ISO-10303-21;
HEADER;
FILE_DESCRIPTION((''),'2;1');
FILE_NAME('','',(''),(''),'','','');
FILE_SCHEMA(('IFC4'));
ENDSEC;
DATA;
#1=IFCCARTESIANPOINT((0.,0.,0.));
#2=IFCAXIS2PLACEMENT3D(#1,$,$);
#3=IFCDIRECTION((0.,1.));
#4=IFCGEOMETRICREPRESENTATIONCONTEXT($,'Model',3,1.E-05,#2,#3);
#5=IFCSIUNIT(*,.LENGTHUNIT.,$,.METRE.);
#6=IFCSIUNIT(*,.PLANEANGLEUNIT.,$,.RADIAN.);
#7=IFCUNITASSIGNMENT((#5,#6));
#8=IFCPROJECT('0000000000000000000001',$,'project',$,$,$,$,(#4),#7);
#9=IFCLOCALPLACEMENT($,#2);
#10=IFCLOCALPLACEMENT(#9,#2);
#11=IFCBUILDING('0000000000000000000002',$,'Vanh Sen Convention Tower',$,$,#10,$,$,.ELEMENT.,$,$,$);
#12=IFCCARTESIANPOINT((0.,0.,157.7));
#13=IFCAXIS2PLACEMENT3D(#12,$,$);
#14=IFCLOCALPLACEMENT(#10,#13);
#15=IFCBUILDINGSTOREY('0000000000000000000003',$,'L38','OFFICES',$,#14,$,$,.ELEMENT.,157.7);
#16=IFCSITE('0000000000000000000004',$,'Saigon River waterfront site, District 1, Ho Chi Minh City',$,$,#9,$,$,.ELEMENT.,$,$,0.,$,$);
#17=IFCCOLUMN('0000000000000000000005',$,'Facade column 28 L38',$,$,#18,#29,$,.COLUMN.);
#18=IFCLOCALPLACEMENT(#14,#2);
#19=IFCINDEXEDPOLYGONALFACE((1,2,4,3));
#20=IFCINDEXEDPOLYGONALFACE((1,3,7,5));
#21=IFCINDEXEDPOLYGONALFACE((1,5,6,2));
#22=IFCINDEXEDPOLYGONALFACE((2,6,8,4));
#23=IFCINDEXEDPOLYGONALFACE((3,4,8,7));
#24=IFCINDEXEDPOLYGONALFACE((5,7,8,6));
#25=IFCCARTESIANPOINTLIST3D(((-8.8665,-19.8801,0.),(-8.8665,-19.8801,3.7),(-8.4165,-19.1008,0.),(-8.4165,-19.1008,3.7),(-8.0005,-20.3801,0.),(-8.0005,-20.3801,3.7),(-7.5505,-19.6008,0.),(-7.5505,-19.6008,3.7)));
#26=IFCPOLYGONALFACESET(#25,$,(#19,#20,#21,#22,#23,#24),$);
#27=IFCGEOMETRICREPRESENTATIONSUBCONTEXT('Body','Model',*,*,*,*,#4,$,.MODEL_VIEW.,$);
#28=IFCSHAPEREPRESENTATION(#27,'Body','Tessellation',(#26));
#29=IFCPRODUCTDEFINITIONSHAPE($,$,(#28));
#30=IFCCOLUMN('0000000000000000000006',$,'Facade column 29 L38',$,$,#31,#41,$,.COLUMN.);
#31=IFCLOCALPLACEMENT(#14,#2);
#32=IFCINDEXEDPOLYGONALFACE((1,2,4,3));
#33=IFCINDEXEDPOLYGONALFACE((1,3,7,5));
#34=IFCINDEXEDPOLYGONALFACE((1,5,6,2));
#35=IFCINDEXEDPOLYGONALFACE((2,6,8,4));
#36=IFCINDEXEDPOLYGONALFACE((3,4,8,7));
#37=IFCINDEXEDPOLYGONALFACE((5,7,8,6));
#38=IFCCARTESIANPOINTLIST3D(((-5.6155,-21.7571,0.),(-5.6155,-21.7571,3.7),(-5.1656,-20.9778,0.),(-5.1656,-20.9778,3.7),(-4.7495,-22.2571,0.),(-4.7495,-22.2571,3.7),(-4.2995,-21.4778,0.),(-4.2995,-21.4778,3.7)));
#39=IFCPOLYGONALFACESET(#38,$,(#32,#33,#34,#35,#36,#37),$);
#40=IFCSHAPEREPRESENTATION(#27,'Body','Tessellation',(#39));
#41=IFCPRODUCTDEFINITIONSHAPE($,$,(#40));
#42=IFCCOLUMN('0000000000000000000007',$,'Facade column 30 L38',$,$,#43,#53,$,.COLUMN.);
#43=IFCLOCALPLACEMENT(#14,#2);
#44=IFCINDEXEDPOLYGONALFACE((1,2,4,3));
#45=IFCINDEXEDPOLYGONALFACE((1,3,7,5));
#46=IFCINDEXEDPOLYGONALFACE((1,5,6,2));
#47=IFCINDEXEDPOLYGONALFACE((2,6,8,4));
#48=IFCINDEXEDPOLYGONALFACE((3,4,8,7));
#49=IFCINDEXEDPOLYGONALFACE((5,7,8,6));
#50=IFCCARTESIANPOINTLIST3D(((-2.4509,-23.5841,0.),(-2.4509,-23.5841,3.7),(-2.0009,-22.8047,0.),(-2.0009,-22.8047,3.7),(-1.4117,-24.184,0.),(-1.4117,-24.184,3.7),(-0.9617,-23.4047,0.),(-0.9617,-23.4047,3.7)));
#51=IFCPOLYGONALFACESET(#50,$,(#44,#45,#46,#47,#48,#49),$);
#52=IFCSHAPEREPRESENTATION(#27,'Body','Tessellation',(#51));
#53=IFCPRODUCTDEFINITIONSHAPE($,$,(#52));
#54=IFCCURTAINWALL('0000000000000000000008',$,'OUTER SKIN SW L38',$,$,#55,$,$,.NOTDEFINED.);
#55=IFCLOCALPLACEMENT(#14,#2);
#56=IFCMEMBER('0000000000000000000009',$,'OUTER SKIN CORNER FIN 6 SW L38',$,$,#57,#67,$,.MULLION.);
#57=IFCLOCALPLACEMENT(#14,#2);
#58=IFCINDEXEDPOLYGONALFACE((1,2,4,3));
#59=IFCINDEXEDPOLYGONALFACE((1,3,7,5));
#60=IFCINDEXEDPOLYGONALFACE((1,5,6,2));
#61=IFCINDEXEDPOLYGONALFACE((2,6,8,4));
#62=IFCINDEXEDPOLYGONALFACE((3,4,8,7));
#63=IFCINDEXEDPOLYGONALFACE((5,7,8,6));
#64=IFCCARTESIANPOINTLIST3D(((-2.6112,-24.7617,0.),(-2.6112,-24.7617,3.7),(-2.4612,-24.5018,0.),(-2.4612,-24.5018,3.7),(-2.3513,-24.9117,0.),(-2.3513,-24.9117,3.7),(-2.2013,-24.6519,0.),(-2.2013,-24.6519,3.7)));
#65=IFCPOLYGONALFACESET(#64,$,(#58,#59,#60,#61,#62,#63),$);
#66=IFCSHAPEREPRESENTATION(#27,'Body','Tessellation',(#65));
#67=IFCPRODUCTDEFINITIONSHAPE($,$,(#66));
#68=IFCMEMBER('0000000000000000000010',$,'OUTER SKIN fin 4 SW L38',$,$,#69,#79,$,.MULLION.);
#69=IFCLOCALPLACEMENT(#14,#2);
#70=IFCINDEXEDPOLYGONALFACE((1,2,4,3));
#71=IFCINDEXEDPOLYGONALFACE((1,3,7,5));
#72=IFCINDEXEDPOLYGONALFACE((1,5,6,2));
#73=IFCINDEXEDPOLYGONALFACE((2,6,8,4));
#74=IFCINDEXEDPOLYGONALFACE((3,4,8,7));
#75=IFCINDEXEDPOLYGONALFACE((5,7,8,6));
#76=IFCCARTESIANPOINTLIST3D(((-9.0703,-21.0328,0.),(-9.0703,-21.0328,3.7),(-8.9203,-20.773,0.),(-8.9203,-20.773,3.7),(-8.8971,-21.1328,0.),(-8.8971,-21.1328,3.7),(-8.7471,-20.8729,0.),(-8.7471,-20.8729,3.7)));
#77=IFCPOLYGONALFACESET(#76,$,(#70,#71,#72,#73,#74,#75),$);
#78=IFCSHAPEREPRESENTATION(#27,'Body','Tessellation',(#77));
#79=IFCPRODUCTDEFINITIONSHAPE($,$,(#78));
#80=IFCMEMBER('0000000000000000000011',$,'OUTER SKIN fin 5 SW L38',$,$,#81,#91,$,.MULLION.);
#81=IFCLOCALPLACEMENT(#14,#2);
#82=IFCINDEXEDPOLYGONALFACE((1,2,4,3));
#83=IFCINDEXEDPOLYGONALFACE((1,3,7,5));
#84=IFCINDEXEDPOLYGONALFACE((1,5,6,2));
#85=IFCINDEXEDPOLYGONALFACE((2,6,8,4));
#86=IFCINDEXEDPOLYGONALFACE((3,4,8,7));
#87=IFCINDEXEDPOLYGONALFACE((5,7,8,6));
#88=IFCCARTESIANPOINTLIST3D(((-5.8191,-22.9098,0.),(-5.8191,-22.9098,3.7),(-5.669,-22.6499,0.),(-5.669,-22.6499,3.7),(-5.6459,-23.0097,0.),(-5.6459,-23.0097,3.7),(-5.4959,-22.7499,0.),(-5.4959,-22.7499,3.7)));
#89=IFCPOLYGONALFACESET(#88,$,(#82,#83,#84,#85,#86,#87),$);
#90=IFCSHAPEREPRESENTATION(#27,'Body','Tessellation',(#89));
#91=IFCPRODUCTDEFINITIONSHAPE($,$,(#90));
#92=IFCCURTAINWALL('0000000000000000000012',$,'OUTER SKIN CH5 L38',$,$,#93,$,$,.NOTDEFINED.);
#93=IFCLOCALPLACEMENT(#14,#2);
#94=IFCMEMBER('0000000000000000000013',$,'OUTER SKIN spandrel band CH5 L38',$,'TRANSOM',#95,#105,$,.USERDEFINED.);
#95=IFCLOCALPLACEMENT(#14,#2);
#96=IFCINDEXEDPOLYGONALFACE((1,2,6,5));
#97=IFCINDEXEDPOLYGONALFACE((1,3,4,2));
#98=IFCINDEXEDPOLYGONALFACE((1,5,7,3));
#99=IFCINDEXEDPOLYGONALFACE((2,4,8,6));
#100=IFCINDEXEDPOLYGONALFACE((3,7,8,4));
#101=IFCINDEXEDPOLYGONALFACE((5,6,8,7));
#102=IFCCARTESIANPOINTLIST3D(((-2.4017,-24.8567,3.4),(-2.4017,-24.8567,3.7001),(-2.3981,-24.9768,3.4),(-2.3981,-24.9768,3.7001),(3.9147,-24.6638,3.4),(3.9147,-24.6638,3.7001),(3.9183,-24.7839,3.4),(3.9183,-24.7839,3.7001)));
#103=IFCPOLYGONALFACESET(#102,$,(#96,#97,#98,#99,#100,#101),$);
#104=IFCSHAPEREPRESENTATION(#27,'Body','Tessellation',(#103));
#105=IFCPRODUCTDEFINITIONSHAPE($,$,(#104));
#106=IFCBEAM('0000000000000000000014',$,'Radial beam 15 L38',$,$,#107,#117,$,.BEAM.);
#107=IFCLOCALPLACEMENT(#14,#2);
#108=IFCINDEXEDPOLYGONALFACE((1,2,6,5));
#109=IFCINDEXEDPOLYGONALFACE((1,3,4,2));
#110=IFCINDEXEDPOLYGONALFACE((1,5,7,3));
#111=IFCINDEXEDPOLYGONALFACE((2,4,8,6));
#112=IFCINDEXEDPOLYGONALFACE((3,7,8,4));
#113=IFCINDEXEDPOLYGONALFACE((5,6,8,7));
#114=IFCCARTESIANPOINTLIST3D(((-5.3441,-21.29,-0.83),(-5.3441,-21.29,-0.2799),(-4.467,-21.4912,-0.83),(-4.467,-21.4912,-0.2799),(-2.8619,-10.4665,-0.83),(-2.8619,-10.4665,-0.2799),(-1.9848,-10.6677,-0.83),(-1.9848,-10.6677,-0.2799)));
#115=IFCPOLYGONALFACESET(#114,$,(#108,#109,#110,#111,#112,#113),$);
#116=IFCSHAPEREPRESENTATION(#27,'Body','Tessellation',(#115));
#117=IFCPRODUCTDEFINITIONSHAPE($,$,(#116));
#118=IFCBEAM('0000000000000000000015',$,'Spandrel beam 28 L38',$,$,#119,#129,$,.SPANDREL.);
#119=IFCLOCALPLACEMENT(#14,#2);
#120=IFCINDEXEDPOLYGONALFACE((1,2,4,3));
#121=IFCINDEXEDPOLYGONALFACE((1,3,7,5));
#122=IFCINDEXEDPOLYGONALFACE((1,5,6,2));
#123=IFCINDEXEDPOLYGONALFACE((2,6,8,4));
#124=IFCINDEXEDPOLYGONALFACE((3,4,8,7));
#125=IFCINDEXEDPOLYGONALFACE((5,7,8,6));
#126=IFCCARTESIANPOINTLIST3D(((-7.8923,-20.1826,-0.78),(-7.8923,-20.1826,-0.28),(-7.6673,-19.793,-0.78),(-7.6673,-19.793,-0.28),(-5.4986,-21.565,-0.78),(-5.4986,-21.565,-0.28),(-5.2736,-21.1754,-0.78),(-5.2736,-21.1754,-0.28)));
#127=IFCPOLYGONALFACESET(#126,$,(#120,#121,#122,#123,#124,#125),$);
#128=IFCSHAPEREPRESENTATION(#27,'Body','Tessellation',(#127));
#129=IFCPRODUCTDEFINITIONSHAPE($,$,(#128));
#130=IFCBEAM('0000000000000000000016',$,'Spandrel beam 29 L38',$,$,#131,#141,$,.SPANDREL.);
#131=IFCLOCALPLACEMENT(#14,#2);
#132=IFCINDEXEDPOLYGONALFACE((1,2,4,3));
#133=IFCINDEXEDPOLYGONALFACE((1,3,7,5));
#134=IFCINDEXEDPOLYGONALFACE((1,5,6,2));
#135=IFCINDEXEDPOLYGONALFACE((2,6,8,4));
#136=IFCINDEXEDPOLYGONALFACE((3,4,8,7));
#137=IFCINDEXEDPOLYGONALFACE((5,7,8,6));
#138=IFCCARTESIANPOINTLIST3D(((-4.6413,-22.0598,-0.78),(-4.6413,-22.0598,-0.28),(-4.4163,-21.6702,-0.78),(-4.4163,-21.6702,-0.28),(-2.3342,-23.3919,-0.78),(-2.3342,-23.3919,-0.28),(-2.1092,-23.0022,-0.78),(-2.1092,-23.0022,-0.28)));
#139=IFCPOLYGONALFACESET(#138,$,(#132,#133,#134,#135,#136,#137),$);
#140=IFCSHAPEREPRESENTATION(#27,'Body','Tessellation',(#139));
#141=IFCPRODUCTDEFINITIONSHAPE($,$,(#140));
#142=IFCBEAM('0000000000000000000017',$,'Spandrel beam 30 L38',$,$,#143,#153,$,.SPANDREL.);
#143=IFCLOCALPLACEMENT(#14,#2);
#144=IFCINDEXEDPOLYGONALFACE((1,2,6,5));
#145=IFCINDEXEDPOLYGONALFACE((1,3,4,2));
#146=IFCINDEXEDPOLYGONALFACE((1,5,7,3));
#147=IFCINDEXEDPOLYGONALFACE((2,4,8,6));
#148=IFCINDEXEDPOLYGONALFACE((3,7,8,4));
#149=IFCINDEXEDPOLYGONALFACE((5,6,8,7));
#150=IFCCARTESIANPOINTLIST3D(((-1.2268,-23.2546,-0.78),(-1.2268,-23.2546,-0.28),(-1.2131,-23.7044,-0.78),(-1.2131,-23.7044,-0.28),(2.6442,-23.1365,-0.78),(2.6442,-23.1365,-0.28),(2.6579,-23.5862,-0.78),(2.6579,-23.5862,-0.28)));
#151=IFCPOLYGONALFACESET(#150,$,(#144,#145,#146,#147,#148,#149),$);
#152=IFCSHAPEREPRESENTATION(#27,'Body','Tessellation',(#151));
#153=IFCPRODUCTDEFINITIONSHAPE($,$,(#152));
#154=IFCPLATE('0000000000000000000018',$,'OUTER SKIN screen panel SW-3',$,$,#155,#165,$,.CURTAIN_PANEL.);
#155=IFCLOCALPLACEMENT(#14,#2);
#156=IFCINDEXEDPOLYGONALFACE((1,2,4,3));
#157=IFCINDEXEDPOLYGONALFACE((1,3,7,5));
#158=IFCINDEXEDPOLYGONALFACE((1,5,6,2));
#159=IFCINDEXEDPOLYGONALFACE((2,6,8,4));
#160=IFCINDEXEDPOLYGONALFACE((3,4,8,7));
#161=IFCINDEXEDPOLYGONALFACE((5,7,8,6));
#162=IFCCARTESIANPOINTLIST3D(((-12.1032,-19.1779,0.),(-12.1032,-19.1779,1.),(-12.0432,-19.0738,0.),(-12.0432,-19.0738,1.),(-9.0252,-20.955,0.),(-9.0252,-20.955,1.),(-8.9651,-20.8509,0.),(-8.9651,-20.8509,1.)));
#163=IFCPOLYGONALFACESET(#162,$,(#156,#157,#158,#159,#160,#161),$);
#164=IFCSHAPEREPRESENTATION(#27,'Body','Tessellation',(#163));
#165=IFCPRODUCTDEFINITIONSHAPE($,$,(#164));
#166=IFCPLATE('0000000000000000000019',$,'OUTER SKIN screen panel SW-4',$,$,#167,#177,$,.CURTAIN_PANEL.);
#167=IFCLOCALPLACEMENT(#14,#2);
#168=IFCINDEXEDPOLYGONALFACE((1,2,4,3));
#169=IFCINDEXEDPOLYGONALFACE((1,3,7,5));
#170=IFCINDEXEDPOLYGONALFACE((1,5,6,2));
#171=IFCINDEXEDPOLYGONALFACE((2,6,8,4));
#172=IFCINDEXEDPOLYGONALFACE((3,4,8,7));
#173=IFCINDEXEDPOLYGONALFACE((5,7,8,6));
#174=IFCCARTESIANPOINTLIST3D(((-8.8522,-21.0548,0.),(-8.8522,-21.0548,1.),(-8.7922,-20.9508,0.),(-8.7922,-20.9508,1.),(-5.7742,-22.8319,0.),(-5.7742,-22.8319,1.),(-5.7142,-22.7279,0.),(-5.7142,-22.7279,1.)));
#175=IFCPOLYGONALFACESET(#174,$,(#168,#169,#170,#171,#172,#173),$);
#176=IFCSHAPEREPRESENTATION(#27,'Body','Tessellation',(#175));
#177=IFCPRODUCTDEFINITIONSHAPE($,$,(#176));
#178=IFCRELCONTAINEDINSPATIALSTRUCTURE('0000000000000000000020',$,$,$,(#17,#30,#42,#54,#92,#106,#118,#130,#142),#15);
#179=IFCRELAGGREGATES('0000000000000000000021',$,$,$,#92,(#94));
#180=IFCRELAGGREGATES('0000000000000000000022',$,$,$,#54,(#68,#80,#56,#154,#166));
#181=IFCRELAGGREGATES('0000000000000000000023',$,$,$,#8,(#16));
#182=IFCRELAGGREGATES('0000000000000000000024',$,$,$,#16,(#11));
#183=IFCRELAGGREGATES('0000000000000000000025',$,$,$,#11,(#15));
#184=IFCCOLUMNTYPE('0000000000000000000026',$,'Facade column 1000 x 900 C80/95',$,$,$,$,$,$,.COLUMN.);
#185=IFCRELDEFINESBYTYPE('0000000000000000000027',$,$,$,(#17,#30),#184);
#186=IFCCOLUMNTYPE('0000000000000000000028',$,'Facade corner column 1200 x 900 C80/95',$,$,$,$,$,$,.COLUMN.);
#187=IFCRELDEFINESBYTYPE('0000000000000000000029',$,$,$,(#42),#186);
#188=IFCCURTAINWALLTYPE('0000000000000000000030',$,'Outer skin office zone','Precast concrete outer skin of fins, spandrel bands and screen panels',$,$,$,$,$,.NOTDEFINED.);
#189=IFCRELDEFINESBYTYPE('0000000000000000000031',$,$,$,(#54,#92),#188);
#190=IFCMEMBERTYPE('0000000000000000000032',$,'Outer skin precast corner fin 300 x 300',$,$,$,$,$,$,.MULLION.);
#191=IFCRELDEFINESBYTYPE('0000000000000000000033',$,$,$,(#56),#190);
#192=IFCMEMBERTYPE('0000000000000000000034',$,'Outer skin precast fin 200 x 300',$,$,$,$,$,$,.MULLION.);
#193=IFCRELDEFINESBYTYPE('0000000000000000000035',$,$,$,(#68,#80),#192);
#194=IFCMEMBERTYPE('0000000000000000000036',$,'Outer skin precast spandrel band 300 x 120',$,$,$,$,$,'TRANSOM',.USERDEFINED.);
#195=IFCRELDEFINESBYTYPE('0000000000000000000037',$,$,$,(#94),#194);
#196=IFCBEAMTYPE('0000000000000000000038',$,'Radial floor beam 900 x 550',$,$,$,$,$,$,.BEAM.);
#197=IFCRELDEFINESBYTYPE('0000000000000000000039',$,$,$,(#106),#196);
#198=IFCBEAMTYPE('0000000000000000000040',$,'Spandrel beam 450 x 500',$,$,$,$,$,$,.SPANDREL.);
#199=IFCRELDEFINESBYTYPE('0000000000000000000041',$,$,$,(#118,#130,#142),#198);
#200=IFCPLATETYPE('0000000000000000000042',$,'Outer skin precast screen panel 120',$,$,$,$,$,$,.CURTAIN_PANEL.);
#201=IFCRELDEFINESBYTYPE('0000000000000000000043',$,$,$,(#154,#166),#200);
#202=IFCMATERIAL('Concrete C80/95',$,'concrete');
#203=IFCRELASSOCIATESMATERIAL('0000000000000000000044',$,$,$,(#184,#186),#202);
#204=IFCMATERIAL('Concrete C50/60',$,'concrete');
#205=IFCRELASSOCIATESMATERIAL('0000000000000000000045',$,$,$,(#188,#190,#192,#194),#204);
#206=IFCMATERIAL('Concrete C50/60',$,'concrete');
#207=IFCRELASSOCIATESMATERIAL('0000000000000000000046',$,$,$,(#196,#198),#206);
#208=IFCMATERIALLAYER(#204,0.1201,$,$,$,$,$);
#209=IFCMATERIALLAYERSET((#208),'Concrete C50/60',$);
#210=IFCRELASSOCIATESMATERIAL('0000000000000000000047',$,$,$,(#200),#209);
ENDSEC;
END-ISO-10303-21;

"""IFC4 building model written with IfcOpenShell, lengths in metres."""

from ifc_helpers import new_model, si_unit, direction, frame, origin, origin_2d, place, context, subcontext, project, spatial, rectangle, extrude, material, layer, layer_set, material_profile, profile_set, type_object, element, aggregate, save


model = new_model("IFC4")

# Units and contexts
model_context = context("Model", 3, precision=1e-05, world=origin(), true_north=direction((0.0, 1.0)))
body_context = subcontext(model_context, "Body", "Model", "MODEL_VIEW")
ifc_project = project(units=[si_unit("LENGTHUNIT", "METRE"), si_unit("PLANEANGLEUNIT", "RADIAN")], contexts=[model_context])

# Site, building, storey
site_placement = place(None, origin())
site = spatial("IfcSite", under=ifc_project, at=site_placement, Name="Saigon River waterfront site, District 1, Ho Chi Minh City", CompositionType="ELEMENT", RefElevation=0.0)
building_placement = place(site_placement, origin())
building = spatial("IfcBuilding", under=site, at=building_placement, Name="Vanh Sen Convention Tower", CompositionType="ELEMENT")
storey_placement = place(building_placement, frame((0.0, 0.0, 157.7)))
storey = spatial("IfcBuildingStorey", under=building, at=storey_placement, Name="L38", Description="OFFICES", CompositionType="ELEMENT", Elevation=157.7)

# Columns
ifc_material_1 = material(Name="Concrete C80/95", Category="concrete")
ifc_material_profile_1 = material_profile(ifc_material_1, rectangle(XDim=1.0, YDim=0.8999, at=origin_2d()), Name="RC 1000X900")
ifc_profile_set_1 = profile_set([ifc_material_profile_1], Name="Concrete C80/95")
column_type_1 = type_object("IfcColumnType", Name="Facade column 1000 x 900 C80/95", PredefinedType="COLUMN", material=ifc_profile_set_1)
for number, where, z_axis, x_axis, name in (
    (1, (-8.2085, -19.7405, 0.0), (0.0, 0.0, 1.0), (0.866025, -0.5, 0.0), "Facade column 28 L38"),
    (2, (-4.9575, -21.6174, 0.0), (0.0, 0.0, 1.0), (0.866025, -0.5, 0.0), "Facade column 29 L38"),
):
    element("IfcColumn", number, at=place(storey_placement, frame(where, z_axis=z_axis, x_axis=x_axis)), inside=storey, type_object=column_type_1, Name=name, PredefinedType="COLUMN", context=body_context, shape_type="SweptSolid", body=[
        extrude(rectangle(XDim=1.0, YDim=0.8999, at=origin_2d()), origin(), (0.0, 0.0, 1.0), 3.7),
    ])
ifc_material_profile_2 = material_profile(ifc_material_1, rectangle(XDim=1.2, YDim=0.8999, at=origin_2d()), Name="RC 1200X900")
ifc_profile_set_2 = profile_set([ifc_material_profile_2], Name="Concrete C80/95")
column_type_2 = type_object("IfcColumnType", Name="Facade corner column 1200 x 900 C80/95", PredefinedType="COLUMN", material=ifc_profile_set_2)
column_placement = place(storey_placement, frame((-1.7063, -23.4944, 0.0), z_axis=(0.0, 0.0, 1.0), x_axis=(0.866025, -0.5, 0.0)))
element("IfcColumn", 3, at=column_placement, inside=storey, type_object=column_type_2, Name="Facade column 30 L38", PredefinedType="COLUMN", context=body_context, shape_type="SweptSolid", body=[
    extrude(rectangle(XDim=1.2, YDim=0.8999, at=origin_2d()), origin(), (0.0, 0.0, 1.0), 3.7),
])

# Curtain wall, members
ifc_material_2 = material(Name="Concrete C50/60", Category="concrete")
curtain_wall_type = type_object("IfcCurtainWallType", Name="Outer skin office zone", Description="Precast concrete outer skin of fins, spandrel bands and screen panels", PredefinedType="NOTDEFINED", material=ifc_material_2)
curtain_wall_1_placement = place(storey_placement, origin())
curtain_wall_1 = element("IfcCurtainWall", 4, at=curtain_wall_1_placement, inside=storey, type_object=curtain_wall_type, Name="OUTER SKIN SW L38", PredefinedType="NOTDEFINED")
ifc_material_profile_3 = material_profile(ifc_material_2, rectangle(XDim=0.3, YDim=0.3, at=origin_2d()), Name="Outer skin precast corner fin 300 x 300")
ifc_profile_set_3 = profile_set([ifc_material_profile_3], Name="Concrete C50/60")
member_type_1 = type_object("IfcMemberType", Name="Outer skin precast corner fin 300 x 300", PredefinedType="MULLION", material=ifc_profile_set_3)
member_1_placement = place(storey_placement, frame((-2.4062, -24.7068, 0.0), z_axis=(0.0, 0.0, 1.0), x_axis=(0.866025, -0.5, 0.0)))
member_1 = element("IfcMember", 5, at=member_1_placement, type_object=member_type_1, Name="OUTER SKIN CORNER FIN 6 SW L38", PredefinedType="MULLION", context=body_context, shape_type="SweptSolid", body=[
    extrude(rectangle(XDim=0.3, YDim=0.3, at=origin_2d()), origin(), (0.0, 0.0, 1.0), 3.7),
])
ifc_material_profile_4 = material_profile(ifc_material_2, rectangle(XDim=0.2, YDim=0.3, at=origin_2d()), Name="Outer skin precast fin 200 x 300")
ifc_profile_set_4 = profile_set([ifc_material_profile_4], Name="Concrete C50/60")
member_type_2 = type_object("IfcMemberType", Name="Outer skin precast fin 200 x 300", PredefinedType="MULLION", material=ifc_profile_set_4)
member_2_placement = place(storey_placement, frame((-8.9087, -20.9529, 0.0), z_axis=(0.0, 0.0, 1.0), x_axis=(0.866025, -0.5, 0.0)))
member_2 = element("IfcMember", 6, at=member_2_placement, type_object=member_type_2, Name="OUTER SKIN fin 4 SW L38", PredefinedType="MULLION", context=body_context, shape_type="SweptSolid", body=[
    extrude(rectangle(XDim=0.2, YDim=0.3, at=origin_2d()), origin(), (0.0, 0.0, 1.0), 3.7),
])
member_3_placement = place(storey_placement, frame((-5.6575, -22.8298, 0.0), z_axis=(0.0, 0.0, 1.0), x_axis=(0.866025, -0.5, 0.0)))
member_3 = element("IfcMember", 7, at=member_3_placement, type_object=member_type_2, Name="OUTER SKIN fin 5 SW L38", PredefinedType="MULLION", context=body_context, shape_type="SweptSolid", body=[
    extrude(rectangle(XDim=0.2, YDim=0.3, at=origin_2d()), origin(), (0.0, 0.0, 1.0), 3.7),
])

# Curtain wall, member
curtain_wall_2_placement = place(storey_placement, origin())
curtain_wall_2 = element("IfcCurtainWall", 8, at=curtain_wall_2_placement, inside=storey, type_object=curtain_wall_type, Name="OUTER SKIN CH5 L38", PredefinedType="NOTDEFINED")
ifc_material_profile_5 = material_profile(ifc_material_2, rectangle(XDim=0.1201, YDim=0.3, at=origin_2d()), Name="Outer skin precast spandrel band 300 x 120")
ifc_profile_set_5 = profile_set([ifc_material_profile_5], Name="Concrete C50/60")
member_type_3 = type_object("IfcMemberType", Name="Outer skin precast spandrel band 300 x 120", ElementType="TRANSOM", PredefinedType="USERDEFINED", material=ifc_profile_set_5)
member_4_placement = place(storey_placement, frame((-2.3999, -24.9167, 3.55), z_axis=(0.999534, 0.030521, 0.0), x_axis=(-0.030521, 0.999534, 0.0)))
member_4 = element("IfcMember", 9, at=member_4_placement, type_object=member_type_3, Name="OUTER SKIN spandrel band CH5 L38", ObjectType="TRANSOM", PredefinedType="USERDEFINED", context=body_context, shape_type="SweptSolid", body=[
    extrude(rectangle(XDim=0.1201, YDim=0.3, at=origin_2d()), origin(), (0.0, 0.0, 1.0), 6.3193),
])
aggregate(curtain_wall_2, [member_4])

# Beams
ifc_material_3 = material(Name="Concrete C50/60", Category="concrete")
ifc_material_profile_6 = material_profile(ifc_material_3, rectangle(XDim=0.8999, YDim=0.55, at=origin_2d()), Name="RC 900X550")
ifc_profile_set_6 = profile_set([ifc_material_profile_6], Name="Concrete C50/60")
beam_type_1 = type_object("IfcBeamType", Name="Radial floor beam 900 x 550", PredefinedType="BEAM", material=ifc_profile_set_6)
beam_1_placement = place(storey_placement, frame((-4.9055, -21.3906, -0.5549), z_axis=(0.22353, 0.974697, 0.0), x_axis=(-0.974697, 0.22353, 0.0)))
element("IfcBeam", 10, at=beam_1_placement, inside=storey, type_object=beam_type_1, Name="Radial beam 15 L38", PredefinedType="BEAM", context=body_context, shape_type="SweptSolid", body=[
    extrude(rectangle(XDim=0.8999, YDim=0.55, at=origin_2d()), origin(), (0.0, 0.0, 1.0), 11.1045),
])
ifc_material_profile_7 = material_profile(ifc_material_3, rectangle(XDim=0.45, YDim=0.5, at=origin_2d()), Name="RC 450X500")
ifc_profile_set_7 = profile_set([ifc_material_profile_7], Name="Concrete C50/60")
beam_type_2 = type_object("IfcBeamType", Name="Spandrel beam 450 x 500", PredefinedType="SPANDREL", material=ifc_profile_set_7)
beam_2_placement = place(storey_placement, frame((-7.7798, -19.9878, -0.53), z_axis=(0.865962, -0.50011, 0.0), x_axis=(0.50011, 0.865962, 0.0)))
element("IfcBeam", 11, at=beam_2_placement, inside=storey, type_object=beam_type_2, Name="Spandrel beam 28 L38", PredefinedType="SPANDREL", context=body_context, shape_type="SweptSolid", body=[
    extrude(rectangle(XDim=0.45, YDim=0.5, at=origin_2d()), origin(), (0.0, 0.0, 1.0), 2.7642),
])
beam_3_placement = place(storey_placement, frame((-4.5288, -21.865, -0.53), z_axis=(0.866024, -0.500003, 0.0), x_axis=(0.500003, 0.866024, 0.0)))
element("IfcBeam", 12, at=beam_3_placement, inside=storey, type_object=beam_type_2, Name="Spandrel beam 29 L38", PredefinedType="SPANDREL", context=body_context, shape_type="SweptSolid", body=[
    extrude(rectangle(XDim=0.45, YDim=0.5, at=origin_2d()), origin(), (0.0, 0.0, 1.0), 2.6641),
])
beam_4_placement = place(storey_placement, frame((-1.22, -23.4795, -0.53), z_axis=(0.999534, 0.030511, 0.0), x_axis=(-0.030511, 0.999534, 0.0)))
element("IfcBeam", 13, at=beam_4_placement, inside=storey, type_object=beam_type_2, Name="Spandrel beam 30 L38", PredefinedType="SPANDREL", context=body_context, shape_type="SweptSolid", body=[
    extrude(rectangle(XDim=0.45, YDim=0.5, at=origin_2d()), origin(), (0.0, 0.0, 1.0), 3.8728),
])

# Plates
ifc_layer_1 = layer(ifc_material_2, 0.1201)
ifc_layer_set_1 = layer_set([ifc_layer_1], Name="Concrete C50/60")
plate_type = type_object("IfcPlateType", Name="Outer skin precast screen panel 120", PredefinedType="CURTAIN_PANEL", material=ifc_layer_set_1)
plate_1_placement = place(storey_placement, frame((-10.5342, -20.0144, 0.0), z_axis=(0.0, 0.0, 1.0), x_axis=(0.866024, -0.500003, 0.0)))
plate_1 = element("IfcPlate", 14, at=plate_1_placement, type_object=plate_type, Name="OUTER SKIN screen panel SW-3", PredefinedType="CURTAIN_PANEL", context=body_context, shape_type="SweptSolid", body=[
    extrude(rectangle(XDim=3.5542, YDim=0.1201, at=origin_2d()), origin(), (0.0, 0.0, 1.0), 1.0),
])
plate_2_placement = place(storey_placement, frame((-7.2832, -21.8914, 0.0), z_axis=(0.0, 0.0, 1.0), x_axis=(0.866017, -0.500015, 0.0)))
plate_2 = element("IfcPlate", 15, at=plate_2_placement, type_object=plate_type, Name="OUTER SKIN screen panel SW-4", PredefinedType="CURTAIN_PANEL", context=body_context, shape_type="SweptSolid", body=[
    extrude(rectangle(XDim=3.5542, YDim=0.1201, at=origin_2d()), origin(), (0.0, 0.0, 1.0), 1.0),
])
aggregate(curtain_wall_1, [member_2, member_3, member_1, plate_1, plate_2])

save(model, "model.ifc")
